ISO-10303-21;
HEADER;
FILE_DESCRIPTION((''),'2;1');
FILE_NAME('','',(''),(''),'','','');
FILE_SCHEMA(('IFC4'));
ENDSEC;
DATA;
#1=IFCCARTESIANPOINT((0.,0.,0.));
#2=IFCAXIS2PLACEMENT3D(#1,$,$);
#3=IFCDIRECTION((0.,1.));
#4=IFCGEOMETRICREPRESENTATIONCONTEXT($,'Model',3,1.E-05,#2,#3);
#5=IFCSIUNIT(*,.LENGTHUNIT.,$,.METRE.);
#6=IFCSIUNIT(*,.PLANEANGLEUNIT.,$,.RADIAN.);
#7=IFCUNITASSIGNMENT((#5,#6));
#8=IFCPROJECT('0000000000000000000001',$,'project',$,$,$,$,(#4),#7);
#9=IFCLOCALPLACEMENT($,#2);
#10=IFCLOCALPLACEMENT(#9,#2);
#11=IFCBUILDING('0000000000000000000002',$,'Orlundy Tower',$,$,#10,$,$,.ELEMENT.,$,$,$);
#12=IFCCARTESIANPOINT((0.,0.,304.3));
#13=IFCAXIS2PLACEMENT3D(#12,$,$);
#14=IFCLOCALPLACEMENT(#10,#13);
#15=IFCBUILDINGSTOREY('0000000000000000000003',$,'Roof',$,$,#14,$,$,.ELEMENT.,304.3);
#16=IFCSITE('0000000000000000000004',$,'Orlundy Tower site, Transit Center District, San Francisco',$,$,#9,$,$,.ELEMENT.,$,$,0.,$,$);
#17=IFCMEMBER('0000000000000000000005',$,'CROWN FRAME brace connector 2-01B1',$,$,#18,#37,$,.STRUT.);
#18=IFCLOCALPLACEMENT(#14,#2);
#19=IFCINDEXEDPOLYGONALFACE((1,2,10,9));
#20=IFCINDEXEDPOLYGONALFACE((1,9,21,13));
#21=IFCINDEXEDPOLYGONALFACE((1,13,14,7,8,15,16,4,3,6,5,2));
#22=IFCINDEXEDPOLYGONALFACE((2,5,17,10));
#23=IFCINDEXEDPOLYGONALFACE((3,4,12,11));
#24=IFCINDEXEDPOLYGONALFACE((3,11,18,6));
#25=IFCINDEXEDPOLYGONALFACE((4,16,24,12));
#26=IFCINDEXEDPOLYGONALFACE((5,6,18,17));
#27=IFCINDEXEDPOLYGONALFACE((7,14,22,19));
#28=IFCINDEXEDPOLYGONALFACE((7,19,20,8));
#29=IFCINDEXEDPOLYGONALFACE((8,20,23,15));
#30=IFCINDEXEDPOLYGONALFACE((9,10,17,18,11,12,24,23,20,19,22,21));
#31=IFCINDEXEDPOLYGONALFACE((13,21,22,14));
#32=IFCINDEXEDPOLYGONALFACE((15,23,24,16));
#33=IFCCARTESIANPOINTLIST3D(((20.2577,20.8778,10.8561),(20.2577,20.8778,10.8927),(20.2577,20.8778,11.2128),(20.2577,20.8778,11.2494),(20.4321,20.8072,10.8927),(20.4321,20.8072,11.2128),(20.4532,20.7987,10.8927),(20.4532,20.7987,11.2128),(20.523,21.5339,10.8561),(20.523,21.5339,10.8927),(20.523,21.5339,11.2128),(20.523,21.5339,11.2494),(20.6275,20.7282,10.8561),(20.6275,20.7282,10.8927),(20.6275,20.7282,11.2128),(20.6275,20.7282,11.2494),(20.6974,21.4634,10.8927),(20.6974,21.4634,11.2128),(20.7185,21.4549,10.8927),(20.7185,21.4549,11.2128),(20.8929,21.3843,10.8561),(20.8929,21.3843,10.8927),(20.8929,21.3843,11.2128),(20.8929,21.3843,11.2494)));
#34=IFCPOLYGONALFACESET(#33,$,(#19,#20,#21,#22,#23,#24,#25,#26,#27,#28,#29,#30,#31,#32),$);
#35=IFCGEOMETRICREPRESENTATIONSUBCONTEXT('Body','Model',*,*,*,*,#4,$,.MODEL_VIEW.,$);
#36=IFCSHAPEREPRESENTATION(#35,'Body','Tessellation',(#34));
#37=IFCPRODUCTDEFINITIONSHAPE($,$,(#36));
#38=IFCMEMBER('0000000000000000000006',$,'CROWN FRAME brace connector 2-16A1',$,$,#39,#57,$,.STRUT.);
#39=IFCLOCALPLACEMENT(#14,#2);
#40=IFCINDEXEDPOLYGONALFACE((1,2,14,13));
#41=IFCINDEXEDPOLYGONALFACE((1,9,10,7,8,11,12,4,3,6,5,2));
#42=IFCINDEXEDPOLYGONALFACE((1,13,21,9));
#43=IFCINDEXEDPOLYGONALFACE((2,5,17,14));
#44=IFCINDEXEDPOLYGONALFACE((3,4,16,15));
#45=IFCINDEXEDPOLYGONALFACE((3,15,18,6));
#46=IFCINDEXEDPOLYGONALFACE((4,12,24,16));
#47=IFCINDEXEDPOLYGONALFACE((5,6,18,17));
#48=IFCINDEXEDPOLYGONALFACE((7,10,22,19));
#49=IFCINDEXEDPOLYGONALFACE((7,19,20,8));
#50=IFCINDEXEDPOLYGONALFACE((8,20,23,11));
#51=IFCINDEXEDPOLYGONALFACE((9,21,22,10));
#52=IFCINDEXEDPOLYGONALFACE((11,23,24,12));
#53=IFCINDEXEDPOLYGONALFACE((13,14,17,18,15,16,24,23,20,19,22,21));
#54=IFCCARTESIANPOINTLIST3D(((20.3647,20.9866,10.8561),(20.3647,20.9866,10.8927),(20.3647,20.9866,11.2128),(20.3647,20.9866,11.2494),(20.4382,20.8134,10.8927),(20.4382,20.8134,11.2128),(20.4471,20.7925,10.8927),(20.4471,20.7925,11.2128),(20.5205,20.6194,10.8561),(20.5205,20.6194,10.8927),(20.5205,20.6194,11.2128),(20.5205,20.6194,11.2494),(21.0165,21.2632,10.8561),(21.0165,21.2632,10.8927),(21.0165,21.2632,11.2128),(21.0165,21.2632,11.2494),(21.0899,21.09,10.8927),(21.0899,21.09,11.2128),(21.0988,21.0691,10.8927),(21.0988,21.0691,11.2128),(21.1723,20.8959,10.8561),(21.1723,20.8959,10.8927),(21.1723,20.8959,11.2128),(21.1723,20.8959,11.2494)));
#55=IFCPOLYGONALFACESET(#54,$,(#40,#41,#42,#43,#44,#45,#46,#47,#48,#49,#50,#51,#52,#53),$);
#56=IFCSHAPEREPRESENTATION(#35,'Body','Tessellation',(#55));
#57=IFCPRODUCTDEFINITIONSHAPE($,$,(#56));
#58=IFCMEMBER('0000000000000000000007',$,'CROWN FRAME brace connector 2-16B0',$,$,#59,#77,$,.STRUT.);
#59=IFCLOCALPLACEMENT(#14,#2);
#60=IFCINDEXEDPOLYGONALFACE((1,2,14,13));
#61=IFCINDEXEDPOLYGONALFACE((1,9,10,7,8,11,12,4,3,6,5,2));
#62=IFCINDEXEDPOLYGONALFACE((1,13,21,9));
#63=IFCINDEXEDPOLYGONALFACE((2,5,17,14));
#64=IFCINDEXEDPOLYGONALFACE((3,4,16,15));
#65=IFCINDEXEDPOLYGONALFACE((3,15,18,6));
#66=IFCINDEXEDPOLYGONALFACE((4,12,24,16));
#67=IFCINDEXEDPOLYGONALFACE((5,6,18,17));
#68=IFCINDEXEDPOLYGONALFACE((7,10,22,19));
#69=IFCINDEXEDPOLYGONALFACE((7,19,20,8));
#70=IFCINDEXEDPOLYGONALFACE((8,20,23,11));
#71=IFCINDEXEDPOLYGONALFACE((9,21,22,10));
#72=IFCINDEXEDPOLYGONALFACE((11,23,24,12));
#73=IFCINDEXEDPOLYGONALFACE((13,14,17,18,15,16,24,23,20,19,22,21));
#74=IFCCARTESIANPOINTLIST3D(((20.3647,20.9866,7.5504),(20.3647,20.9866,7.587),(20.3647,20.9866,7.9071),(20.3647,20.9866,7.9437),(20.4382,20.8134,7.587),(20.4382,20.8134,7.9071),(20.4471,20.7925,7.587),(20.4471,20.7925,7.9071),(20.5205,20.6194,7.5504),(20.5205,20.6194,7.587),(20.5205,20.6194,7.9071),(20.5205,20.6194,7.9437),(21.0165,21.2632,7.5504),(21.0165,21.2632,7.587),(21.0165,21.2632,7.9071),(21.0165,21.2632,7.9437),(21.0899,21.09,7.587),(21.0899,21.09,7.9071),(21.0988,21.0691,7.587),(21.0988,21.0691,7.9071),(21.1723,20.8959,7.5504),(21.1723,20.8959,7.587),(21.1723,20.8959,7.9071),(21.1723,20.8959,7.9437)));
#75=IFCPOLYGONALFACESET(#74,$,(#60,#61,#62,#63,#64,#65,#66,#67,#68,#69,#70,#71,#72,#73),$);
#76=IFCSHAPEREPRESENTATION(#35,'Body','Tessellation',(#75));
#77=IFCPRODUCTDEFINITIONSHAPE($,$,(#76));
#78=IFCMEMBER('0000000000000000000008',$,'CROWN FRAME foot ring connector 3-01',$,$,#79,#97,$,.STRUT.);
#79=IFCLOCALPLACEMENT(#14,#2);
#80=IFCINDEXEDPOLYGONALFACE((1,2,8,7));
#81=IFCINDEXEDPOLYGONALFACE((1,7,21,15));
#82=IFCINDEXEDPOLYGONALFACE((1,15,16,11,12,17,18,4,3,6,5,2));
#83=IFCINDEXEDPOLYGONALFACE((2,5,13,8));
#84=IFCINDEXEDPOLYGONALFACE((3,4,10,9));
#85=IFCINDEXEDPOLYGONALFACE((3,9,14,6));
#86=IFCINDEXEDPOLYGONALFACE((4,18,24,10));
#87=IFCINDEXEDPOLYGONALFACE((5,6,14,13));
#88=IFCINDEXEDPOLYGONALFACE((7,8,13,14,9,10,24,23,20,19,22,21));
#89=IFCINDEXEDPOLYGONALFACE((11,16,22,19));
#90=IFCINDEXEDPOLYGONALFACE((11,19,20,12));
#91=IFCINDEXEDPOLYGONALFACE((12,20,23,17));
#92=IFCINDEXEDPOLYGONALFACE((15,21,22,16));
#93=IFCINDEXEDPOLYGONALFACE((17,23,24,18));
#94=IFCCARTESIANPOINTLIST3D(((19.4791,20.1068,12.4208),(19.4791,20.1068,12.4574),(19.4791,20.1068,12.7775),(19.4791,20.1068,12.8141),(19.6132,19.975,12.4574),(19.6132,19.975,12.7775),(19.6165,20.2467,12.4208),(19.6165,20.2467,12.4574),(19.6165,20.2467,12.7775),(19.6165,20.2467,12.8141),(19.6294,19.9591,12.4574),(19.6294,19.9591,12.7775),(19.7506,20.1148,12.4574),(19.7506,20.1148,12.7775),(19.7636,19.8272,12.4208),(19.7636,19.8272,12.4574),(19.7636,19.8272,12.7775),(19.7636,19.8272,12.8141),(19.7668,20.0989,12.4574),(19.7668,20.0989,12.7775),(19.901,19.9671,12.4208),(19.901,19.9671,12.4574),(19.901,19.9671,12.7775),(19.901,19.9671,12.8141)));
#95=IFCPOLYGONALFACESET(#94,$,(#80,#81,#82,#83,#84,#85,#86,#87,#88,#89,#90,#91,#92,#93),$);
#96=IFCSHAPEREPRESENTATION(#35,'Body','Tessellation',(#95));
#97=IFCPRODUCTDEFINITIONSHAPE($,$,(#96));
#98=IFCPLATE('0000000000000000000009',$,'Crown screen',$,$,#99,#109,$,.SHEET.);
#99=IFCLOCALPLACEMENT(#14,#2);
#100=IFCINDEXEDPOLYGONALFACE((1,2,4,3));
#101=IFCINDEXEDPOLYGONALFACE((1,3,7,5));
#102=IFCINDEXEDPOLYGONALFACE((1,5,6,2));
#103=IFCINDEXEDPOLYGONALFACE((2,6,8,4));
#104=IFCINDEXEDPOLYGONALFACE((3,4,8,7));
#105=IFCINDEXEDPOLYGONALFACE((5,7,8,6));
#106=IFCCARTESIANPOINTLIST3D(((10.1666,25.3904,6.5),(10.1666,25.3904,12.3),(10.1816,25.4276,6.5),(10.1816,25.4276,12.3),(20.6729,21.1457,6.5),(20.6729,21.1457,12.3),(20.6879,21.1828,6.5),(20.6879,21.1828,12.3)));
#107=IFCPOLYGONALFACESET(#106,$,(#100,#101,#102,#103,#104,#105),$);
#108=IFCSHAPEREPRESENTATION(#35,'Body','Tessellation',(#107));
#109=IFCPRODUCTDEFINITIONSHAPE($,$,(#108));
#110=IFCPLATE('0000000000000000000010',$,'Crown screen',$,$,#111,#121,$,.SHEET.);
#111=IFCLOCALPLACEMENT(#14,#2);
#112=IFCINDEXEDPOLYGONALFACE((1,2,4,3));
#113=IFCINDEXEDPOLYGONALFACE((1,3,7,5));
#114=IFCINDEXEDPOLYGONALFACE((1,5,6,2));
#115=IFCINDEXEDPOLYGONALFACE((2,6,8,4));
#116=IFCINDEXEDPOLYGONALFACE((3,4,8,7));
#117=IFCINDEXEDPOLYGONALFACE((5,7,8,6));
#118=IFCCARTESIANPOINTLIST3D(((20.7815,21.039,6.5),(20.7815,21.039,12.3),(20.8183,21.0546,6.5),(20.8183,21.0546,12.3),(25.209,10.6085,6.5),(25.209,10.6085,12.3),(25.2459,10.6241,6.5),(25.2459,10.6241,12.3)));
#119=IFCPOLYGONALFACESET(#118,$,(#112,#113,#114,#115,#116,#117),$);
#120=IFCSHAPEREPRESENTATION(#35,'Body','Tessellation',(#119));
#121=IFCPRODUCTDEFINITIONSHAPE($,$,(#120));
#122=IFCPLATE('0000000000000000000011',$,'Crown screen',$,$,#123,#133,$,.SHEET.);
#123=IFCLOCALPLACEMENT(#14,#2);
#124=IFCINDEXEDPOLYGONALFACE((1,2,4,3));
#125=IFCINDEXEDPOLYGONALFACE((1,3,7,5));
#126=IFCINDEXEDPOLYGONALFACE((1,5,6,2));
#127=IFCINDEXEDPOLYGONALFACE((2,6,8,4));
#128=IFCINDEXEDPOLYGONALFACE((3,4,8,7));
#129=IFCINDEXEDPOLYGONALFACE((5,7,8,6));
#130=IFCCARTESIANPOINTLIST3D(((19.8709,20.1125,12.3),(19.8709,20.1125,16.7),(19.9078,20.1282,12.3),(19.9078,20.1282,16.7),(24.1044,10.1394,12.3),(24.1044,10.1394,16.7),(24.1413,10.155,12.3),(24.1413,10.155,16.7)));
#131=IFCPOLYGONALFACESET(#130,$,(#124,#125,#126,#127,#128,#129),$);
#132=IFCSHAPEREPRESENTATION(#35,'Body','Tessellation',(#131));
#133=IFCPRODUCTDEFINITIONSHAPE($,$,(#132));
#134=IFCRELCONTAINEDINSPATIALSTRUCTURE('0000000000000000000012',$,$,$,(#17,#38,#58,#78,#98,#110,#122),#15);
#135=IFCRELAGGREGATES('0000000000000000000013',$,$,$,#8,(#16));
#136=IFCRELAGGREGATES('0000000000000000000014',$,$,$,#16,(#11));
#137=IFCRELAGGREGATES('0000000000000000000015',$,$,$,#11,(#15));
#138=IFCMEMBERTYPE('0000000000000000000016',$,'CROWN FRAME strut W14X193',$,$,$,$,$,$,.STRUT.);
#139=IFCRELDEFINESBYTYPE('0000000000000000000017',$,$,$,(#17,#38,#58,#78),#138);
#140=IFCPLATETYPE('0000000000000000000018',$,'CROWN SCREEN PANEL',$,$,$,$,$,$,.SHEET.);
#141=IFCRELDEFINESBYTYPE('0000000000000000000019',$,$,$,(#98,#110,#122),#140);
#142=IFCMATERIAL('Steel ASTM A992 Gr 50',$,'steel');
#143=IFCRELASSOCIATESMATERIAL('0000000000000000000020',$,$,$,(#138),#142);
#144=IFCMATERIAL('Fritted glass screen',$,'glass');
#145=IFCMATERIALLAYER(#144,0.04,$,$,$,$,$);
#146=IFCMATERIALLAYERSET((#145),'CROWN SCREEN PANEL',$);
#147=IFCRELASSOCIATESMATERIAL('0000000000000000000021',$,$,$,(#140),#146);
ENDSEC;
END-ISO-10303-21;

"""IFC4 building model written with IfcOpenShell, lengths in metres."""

from ifc_helpers import new_model, si_unit, direction, frame, origin, origin_2d, place, context, subcontext, project, spatial, rectangle, i_section, extrude, material, layer, layer_set, material_profile, profile_set, type_object, element, save


model = new_model("IFC4")

# Units and contexts
model_context = context("Model", 3, precision=1e-05, world=origin(), true_north=direction((0.0, 1.0)))
body_context = subcontext(model_context, "Body", "Model", "MODEL_VIEW")
ifc_project = project(units=[si_unit("LENGTHUNIT", "METRE"), si_unit("PLANEANGLEUNIT", "RADIAN")], contexts=[model_context])

# Site, building, storey
site_placement = place(None, origin())
site = spatial("IfcSite", under=ifc_project, at=site_placement, Name="Orlundy Tower site, Transit Center District, San Francisco", CompositionType="ELEMENT", RefElevation=0.0)
building_placement = place(site_placement, origin())
building = spatial("IfcBuilding", under=site, at=building_placement, Name="Orlundy Tower", CompositionType="ELEMENT")
storey_placement = place(building_placement, frame((0.0, 0.0, 304.3)))
storey = spatial("IfcBuildingStorey", under=building, at=storey_placement, Name="Roof", CompositionType="ELEMENT", Elevation=304.3)

# Members
ifc_material_1 = material(Name="Steel ASTM A992 Gr 50", Category="steel")
ifc_material_profile_1 = material_profile(ifc_material_1, i_section(OverallWidth=0.3989, OverallDepth=0.3933, WebThickness=0.0227, FlangeThickness=0.0366, at=origin_2d()), Name="W14X193")
ifc_profile_set_1 = profile_set([ifc_material_profile_1], Name="Steel ASTM A992 Gr 50")
member_type_1 = type_object("IfcMemberType", Name="CROWN FRAME strut W14X193", PredefinedType="STRUT", material=ifc_profile_set_1)
for number, where, z_axis, x_axis, name in (
    (1, (20.4426, 20.803, 11.0527), (0.374896, 0.927067, 0.0), (-0.927067, 0.374896, 0.0), "CROWN FRAME brace connector 2-01B1"),
):
    element("IfcMember", number, at=place(storey_placement, frame(where, z_axis=z_axis, x_axis=x_axis)), inside=storey, type_object=member_type_1, Name=name, PredefinedType="STRUT", context=body_context, shape_type="SweptSolid", body=[
        extrude(i_section(OverallWidth=0.3989, OverallDepth=0.3933, WebThickness=0.0227, FlangeThickness=0.0366, at=origin_2d()), origin(), (0.0, 0.0, 1.0), 0.7078),
    ])
for number, where, z_axis, x_axis, name in (
    (2, (20.4426, 20.803, 11.0527), (0.920548, 0.39063, 0.0), (-0.39063, 0.920548, 0.0), "CROWN FRAME brace connector 2-16A1"),
    (3, (20.4426, 20.803, 7.7471), (0.920548, 0.39063, 0.0), (-0.39063, 0.920548, 0.0), "CROWN FRAME brace connector 2-16B0"),
):
    element("IfcMember", number, at=place(storey_placement, frame(where, z_axis=z_axis, x_axis=x_axis)), inside=storey, type_object=member_type_1, Name=name, PredefinedType="STRUT", context=body_context, shape_type="SweptSolid", body=[
        extrude(i_section(OverallWidth=0.3989, OverallDepth=0.3933, WebThickness=0.0227, FlangeThickness=0.0366, at=origin_2d()), origin(), (0.0, 0.0, 1.0), 0.708),
    ])
member_1_placement = place(storey_placement, frame((19.6213, 19.967, 12.6174), z_axis=(0.700855, 0.713304, 0.0), x_axis=(-0.713304, 0.700855, 0.0)))
element("IfcMember", 4, at=member_1_placement, inside=storey, type_object=member_type_1, Name="CROWN FRAME foot ring connector 3-01", PredefinedType="STRUT", context=body_context, shape_type="SweptSolid", body=[
    extrude(i_section(OverallWidth=0.3989, OverallDepth=0.3933, WebThickness=0.0227, FlangeThickness=0.0366, at=origin_2d()), origin(), (0.0, 0.0, 1.0), 0.196),
])

# Plates
ifc_material_2 = material(Name="Fritted glass screen", Category="glass")
ifc_layer = layer(ifc_material_2, 0.04)
ifc_layer_set = layer_set([ifc_layer], Name="CROWN SCREEN PANEL")
plate_type = type_object("IfcPlateType", Name="CROWN SCREEN PANEL", PredefinedType="SHEET", material=ifc_layer_set)
for number, where, z_axis, x_axis, name in (
    (5, (15.4272, 23.2866, 6.5), (0.0, 0.0, 1.0), (-0.927185, 0.374603, 0.0), "Crown screen"),
    (6, (23.0137, 15.8315, 6.5), (0.0, 0.0, 1.0), (-0.390739, 0.920502, 0.0), "Crown screen"),
):
    element("IfcPlate", number, at=place(storey_placement, frame(where, z_axis=z_axis, x_axis=x_axis)), inside=storey, type_object=plate_type, Name=name, PredefinedType="SHEET", context=body_context, shape_type="SweptSolid", body=[
        extrude(rectangle(XDim=11.3313, YDim=0.04, at=origin_2d()), origin(), (0.0, 0.0, 1.0), 5.8),
    ])
plate_placement = place(storey_placement, frame((22.0061, 15.1338, 12.3), z_axis=(0.0, 0.0, 1.0), x_axis=(-0.390739, 0.920501, 0.0)))
element("IfcPlate", 7, at=plate_placement, inside=storey, type_object=plate_type, Name="Crown screen", PredefinedType="SHEET", context=body_context, shape_type="SweptSolid", body=[
    extrude(rectangle(XDim=10.8345, YDim=0.04, at=origin_2d()), origin(), (0.0, 0.0, 1.0), 4.3999),
])

save(model, "model.ifc")
